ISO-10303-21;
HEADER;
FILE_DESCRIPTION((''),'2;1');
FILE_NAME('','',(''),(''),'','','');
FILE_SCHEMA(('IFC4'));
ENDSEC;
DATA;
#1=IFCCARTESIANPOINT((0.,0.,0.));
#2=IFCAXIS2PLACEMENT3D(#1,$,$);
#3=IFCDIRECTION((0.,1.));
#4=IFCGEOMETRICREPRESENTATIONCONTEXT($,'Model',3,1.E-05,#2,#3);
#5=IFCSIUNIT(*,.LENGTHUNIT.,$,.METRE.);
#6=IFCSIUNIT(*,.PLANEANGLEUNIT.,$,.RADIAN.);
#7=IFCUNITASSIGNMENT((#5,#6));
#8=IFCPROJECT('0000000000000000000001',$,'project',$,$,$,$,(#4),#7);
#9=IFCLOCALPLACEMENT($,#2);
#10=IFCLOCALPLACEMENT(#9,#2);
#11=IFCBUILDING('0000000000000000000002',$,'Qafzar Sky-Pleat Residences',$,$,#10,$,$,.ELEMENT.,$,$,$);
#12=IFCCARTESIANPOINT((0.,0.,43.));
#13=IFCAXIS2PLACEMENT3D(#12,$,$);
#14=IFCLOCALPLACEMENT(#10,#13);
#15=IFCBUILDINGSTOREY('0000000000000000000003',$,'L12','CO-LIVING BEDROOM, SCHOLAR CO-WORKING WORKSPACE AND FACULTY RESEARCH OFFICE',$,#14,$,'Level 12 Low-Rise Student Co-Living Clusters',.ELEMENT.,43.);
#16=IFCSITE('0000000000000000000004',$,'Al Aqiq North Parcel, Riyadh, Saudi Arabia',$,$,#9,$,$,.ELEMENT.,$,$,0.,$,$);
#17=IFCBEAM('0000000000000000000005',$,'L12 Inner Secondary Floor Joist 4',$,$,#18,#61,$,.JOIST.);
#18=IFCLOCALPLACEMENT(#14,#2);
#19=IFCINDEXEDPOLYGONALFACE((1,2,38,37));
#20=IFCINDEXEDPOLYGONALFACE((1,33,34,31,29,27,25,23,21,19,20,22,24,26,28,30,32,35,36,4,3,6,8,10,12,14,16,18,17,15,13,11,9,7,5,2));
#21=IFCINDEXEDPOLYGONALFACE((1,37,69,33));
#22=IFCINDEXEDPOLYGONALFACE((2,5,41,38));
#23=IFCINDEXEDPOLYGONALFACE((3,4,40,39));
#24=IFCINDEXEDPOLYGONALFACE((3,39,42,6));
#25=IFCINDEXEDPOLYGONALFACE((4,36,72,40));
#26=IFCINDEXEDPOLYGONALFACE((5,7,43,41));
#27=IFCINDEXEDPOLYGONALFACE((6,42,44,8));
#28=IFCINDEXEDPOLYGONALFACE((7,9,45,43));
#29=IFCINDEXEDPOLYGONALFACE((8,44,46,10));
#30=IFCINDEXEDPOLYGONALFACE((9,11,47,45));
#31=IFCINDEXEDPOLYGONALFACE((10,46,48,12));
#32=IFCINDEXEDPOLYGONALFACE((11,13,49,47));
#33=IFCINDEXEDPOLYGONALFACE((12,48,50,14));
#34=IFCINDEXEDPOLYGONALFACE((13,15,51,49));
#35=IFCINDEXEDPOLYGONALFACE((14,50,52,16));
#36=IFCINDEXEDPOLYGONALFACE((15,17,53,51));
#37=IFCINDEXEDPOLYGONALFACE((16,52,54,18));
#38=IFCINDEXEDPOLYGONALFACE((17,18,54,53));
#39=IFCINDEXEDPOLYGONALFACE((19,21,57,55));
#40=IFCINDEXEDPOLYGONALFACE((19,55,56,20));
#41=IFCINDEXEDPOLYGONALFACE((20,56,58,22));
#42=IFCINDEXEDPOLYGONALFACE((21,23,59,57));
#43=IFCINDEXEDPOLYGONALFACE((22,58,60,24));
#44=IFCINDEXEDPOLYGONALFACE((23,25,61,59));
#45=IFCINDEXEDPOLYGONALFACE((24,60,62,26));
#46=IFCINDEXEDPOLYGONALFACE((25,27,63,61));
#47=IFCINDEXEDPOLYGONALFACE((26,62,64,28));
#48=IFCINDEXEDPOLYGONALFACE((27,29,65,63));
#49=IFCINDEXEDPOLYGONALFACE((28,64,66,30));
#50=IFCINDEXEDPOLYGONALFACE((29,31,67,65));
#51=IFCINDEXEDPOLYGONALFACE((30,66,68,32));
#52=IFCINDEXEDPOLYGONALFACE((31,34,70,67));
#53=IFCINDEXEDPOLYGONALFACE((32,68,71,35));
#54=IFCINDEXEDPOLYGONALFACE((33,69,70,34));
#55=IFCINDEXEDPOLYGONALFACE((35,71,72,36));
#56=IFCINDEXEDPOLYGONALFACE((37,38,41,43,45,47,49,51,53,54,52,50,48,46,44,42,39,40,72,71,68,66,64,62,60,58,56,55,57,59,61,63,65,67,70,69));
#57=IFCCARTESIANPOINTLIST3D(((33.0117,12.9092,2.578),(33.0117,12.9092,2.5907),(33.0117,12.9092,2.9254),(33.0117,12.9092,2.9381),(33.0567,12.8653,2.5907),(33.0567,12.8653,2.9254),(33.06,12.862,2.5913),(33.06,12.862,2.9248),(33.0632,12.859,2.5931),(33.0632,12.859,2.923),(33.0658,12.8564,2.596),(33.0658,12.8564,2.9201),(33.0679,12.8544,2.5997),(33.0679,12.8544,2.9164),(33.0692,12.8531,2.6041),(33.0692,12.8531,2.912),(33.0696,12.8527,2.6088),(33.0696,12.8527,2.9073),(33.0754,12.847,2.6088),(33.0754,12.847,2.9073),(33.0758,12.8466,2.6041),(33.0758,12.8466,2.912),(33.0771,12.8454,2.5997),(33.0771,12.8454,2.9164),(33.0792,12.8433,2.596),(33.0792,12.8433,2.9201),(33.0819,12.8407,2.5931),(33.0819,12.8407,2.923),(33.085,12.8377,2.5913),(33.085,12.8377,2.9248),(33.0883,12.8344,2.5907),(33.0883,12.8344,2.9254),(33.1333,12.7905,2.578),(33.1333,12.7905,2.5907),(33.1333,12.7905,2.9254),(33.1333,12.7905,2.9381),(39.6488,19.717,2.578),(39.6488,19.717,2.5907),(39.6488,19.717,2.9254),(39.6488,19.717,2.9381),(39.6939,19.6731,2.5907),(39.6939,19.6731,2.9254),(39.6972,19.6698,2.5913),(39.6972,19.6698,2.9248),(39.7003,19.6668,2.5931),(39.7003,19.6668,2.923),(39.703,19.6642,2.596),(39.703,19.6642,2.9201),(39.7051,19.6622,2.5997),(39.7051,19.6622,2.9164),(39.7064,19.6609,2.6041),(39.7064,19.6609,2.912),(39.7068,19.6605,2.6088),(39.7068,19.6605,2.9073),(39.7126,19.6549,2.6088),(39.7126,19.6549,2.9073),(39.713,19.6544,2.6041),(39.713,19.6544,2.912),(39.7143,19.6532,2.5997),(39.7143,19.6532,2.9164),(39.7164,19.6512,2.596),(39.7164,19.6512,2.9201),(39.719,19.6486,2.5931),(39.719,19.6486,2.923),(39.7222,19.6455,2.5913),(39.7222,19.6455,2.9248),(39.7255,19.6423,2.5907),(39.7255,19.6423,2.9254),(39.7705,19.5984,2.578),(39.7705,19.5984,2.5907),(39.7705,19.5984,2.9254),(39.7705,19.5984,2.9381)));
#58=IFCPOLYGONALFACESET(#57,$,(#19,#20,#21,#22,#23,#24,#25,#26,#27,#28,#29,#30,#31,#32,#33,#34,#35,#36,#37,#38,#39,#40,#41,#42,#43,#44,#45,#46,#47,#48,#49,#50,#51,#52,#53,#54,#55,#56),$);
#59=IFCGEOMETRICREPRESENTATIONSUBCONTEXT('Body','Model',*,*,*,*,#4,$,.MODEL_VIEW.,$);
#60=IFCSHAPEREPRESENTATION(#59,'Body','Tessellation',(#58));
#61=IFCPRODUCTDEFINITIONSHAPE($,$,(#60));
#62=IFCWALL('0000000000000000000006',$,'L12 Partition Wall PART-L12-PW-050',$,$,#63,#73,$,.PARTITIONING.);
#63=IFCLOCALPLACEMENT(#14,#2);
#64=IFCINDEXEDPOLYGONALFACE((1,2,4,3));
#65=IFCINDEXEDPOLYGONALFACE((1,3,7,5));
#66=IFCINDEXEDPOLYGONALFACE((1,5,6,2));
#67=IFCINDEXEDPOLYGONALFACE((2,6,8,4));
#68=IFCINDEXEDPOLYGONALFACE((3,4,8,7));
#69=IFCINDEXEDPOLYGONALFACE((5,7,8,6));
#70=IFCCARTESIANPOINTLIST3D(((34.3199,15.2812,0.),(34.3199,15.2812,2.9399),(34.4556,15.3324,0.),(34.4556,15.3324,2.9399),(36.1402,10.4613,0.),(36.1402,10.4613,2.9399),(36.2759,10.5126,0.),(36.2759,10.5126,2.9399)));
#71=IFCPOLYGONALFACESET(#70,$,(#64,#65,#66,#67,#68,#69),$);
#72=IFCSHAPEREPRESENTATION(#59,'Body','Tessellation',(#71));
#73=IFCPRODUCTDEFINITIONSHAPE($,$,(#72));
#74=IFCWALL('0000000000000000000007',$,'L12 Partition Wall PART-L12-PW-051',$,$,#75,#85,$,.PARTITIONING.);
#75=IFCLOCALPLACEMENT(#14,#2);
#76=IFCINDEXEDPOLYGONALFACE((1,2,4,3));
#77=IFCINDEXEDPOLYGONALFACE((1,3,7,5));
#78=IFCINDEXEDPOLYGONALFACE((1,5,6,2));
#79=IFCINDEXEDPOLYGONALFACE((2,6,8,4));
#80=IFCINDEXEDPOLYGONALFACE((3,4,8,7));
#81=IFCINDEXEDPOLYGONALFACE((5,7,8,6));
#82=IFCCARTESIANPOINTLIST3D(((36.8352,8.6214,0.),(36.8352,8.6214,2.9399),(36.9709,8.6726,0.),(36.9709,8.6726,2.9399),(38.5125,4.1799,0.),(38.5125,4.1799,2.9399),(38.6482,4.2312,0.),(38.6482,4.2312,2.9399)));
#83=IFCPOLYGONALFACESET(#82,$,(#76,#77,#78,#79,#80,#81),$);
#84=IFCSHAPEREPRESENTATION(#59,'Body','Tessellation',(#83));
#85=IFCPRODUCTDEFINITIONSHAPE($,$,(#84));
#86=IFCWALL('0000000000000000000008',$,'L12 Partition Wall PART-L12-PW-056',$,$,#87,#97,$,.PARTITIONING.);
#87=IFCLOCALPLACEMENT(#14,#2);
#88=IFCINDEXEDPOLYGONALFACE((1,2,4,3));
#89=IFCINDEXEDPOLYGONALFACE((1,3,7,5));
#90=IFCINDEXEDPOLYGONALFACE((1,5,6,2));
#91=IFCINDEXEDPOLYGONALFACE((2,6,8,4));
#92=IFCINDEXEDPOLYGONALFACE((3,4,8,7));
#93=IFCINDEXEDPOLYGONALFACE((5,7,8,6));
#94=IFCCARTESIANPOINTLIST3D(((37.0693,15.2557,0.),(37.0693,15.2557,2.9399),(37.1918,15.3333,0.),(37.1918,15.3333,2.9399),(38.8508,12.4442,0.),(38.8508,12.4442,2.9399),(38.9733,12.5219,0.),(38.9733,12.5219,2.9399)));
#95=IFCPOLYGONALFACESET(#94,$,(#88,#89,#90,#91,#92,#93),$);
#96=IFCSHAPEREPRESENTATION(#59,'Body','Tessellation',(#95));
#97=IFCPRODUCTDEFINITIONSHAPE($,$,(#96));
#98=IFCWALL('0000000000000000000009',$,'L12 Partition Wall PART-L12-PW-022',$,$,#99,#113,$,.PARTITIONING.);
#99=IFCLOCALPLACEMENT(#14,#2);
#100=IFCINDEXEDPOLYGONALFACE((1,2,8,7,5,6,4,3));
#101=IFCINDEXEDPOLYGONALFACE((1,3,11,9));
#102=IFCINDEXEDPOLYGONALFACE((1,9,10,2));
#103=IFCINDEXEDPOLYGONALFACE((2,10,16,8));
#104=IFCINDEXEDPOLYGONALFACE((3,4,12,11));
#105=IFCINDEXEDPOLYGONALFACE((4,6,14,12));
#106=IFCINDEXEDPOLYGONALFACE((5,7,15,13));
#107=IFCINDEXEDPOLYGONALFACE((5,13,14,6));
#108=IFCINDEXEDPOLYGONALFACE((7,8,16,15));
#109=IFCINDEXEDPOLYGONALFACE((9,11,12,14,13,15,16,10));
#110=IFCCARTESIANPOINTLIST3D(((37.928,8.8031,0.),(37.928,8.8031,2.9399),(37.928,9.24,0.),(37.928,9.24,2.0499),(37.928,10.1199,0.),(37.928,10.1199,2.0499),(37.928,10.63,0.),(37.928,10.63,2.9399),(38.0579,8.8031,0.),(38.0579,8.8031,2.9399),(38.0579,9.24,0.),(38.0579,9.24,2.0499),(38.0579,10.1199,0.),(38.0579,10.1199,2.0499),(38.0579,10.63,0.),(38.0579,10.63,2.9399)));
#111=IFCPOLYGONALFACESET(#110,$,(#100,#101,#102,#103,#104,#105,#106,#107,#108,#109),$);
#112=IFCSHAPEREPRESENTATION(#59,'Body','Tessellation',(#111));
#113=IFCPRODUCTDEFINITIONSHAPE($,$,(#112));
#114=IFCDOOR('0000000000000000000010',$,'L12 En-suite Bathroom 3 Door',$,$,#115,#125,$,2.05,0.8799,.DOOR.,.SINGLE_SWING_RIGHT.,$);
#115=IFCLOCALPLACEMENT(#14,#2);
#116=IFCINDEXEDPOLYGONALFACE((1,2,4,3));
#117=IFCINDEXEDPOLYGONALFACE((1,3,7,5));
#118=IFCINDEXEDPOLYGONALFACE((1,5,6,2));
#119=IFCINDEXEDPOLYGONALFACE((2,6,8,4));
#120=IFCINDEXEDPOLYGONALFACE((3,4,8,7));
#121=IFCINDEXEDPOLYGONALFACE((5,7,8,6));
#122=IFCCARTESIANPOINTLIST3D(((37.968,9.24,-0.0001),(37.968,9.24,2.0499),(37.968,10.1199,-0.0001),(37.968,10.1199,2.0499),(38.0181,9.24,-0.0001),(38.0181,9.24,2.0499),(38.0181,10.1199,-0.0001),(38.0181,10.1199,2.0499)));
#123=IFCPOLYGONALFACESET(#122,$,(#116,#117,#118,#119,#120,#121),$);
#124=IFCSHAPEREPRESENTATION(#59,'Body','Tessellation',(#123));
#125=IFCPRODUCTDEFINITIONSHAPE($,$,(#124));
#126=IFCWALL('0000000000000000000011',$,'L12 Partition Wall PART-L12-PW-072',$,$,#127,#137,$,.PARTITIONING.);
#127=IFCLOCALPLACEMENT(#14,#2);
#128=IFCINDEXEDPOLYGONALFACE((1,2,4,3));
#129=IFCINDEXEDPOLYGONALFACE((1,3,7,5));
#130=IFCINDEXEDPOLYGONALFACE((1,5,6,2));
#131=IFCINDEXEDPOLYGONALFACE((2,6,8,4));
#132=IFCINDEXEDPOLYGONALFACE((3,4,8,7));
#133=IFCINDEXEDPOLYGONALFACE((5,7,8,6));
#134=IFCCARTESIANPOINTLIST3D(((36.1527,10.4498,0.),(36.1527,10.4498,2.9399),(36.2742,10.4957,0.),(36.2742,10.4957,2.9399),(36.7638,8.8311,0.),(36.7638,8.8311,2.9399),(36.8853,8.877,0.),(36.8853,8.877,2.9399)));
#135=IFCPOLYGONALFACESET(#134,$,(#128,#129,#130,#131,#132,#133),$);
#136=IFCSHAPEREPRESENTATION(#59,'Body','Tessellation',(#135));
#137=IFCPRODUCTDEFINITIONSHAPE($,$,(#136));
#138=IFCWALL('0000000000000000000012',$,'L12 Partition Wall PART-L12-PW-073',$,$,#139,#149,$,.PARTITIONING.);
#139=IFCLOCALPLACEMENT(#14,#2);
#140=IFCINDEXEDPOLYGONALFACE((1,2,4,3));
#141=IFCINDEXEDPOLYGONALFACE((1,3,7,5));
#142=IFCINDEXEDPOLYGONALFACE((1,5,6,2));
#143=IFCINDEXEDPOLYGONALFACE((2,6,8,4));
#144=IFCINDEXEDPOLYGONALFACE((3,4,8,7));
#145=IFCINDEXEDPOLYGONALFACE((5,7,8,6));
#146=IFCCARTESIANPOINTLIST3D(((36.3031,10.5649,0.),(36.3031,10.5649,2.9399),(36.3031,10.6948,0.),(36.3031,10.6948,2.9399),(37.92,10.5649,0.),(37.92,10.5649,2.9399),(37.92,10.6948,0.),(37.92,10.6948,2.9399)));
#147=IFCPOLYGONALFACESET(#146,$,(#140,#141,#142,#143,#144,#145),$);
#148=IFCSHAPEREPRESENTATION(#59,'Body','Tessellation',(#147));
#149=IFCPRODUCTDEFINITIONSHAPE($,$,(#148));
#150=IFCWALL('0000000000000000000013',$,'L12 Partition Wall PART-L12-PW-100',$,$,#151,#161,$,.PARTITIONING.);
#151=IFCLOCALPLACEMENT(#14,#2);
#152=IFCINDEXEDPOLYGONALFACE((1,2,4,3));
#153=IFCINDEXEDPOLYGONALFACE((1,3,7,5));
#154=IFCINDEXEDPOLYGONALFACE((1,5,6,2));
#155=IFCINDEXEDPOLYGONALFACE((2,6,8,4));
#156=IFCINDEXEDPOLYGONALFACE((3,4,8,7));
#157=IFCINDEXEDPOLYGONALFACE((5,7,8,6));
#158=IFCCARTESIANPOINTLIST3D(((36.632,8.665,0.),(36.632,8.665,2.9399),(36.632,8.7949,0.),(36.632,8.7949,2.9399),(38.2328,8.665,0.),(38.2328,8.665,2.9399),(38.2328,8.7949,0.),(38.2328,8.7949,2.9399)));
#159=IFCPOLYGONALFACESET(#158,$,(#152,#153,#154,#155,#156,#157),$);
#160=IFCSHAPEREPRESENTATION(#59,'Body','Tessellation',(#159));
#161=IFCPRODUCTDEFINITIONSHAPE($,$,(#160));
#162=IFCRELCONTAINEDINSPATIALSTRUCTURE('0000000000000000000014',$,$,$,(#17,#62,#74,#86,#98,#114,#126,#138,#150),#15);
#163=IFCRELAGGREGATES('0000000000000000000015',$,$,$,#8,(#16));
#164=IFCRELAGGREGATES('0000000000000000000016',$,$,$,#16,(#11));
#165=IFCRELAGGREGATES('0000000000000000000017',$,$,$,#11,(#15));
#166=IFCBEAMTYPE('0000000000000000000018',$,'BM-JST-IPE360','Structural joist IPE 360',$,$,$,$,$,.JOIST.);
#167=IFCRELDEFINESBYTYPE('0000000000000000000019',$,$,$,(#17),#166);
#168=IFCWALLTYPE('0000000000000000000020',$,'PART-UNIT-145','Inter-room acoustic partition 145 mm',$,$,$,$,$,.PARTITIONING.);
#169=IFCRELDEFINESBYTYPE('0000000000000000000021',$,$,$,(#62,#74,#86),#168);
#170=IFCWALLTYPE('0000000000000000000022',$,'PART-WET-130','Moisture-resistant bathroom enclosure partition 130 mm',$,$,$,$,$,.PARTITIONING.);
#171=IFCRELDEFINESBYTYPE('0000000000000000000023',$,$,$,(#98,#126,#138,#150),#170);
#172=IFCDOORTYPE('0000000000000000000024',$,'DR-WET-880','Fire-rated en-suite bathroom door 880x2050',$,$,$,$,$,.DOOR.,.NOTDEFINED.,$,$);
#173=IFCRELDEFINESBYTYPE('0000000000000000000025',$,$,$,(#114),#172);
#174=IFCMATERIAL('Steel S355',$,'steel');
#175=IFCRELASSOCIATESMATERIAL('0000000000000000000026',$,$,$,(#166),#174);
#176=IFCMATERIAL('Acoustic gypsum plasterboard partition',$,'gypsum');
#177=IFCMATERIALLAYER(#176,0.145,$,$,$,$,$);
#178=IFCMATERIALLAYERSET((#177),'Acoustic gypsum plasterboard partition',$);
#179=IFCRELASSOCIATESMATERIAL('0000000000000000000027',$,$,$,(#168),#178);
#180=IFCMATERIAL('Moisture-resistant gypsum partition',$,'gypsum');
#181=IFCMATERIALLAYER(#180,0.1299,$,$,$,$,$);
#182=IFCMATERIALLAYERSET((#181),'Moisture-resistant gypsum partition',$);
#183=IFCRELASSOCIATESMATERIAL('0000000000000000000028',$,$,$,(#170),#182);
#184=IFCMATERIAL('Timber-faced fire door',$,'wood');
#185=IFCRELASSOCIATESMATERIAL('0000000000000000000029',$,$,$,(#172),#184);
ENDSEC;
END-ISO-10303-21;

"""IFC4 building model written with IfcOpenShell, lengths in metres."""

from ifc_helpers import new_model, si_unit, direction, frame, frame_2d, origin, origin_2d, place, context, subcontext, project, spatial, rectangle, i_section, extrude, source, transform, mapped, material, layer, layer_set, material_profile, profile_set, type_object, element, fill, save


model = new_model("IFC4")

# Units and contexts
model_context = context("Model", 3, precision=1e-05, world=origin(), true_north=direction((0.0, 1.0)))
body_context = subcontext(model_context, "Body", "Model", "MODEL_VIEW")
ifc_project = project(units=[si_unit("LENGTHUNIT", "METRE"), si_unit("PLANEANGLEUNIT", "RADIAN")], contexts=[model_context])

# Site, building, storey
site_placement = place(None, origin())
site = spatial("IfcSite", under=ifc_project, at=site_placement, Name="Al Aqiq North Parcel, Riyadh, Saudi Arabia", CompositionType="ELEMENT", RefElevation=0.0)
building_placement = place(site_placement, origin())
building = spatial("IfcBuilding", under=site, at=building_placement, Name="Qafzar Sky-Pleat Residences", CompositionType="ELEMENT")
storey_placement = place(building_placement, frame((0.0, 0.0, 43.0)))
storey = spatial("IfcBuildingStorey", under=building, at=storey_placement, Name="L12", Description="CO-LIVING BEDROOM, SCHOLAR CO-WORKING WORKSPACE AND FACULTY RESEARCH OFFICE", LongName="Level 12 Low-Rise Student Co-Living Clusters", CompositionType="ELEMENT", Elevation=43.0)

# Beam
ifc_material_1 = material(Name="Steel S355", Category="steel")
ifc_material_profile_1 = material_profile(ifc_material_1, i_section(OverallWidth=0.1699, OverallDepth=0.3601, WebThickness=0.0081, FlangeThickness=0.0127, FilletRadius=0.0181, at=origin_2d()), Name="IPE 360")
ifc_profile_set_1 = profile_set([ifc_material_profile_1], Name="Steel S355")
beam_type_1 = type_object("IfcBeamType", Name="BM-JST-IPE360", Description="Structural joist IPE 360", PredefinedType="JOIST", material=ifc_profile_set_1)
shared_shape_1 = source(origin(), body_context, "Body", "SweptSolid", [
    extrude(i_section(OverallWidth=0.1699, OverallDepth=0.3601, WebThickness=0.0081, FlangeThickness=0.0127, FilletRadius=0.0181, at=origin_2d()), origin(), (0.0, 0.0, 1.0), 9.5078),
])
beam_1_placement = place(storey_placement, frame((33.0725, 12.8499, 2.7581), z_axis=(0.698075, 0.716024, 0.0), x_axis=(-0.716024, 0.698075, 0.0)))
element("IfcBeam", 1, at=beam_1_placement, inside=storey, type_object=beam_type_1, Name="L12 Inner Secondary Floor Joist 4", PredefinedType="JOIST", context=body_context, shape_type="MappedRepresentation", body=[
    mapped(shared_shape_1, transform((0.0, 0.0, 0.0), x_axis=(1.0, 0.0, 0.0), y_axis=(0.0, 1.0, 0.0), z_axis=(0.0, 0.0, 1.0), scale=1.0)),
])

# Walls
ifc_material_2 = material(Name="Acoustic gypsum plasterboard partition", Category="gypsum")
ifc_layer_1 = layer(ifc_material_2, 0.145)
ifc_layer_set_1 = layer_set([ifc_layer_1], Name="Acoustic gypsum plasterboard partition")
wall_type_1 = type_object("IfcWallType", Name="PART-UNIT-145", Description="Inter-room acoustic partition 145 mm", PredefinedType="PARTITIONING", material=ifc_layer_set_1)
wall_1_placement = place(storey_placement, frame((34.3877, 15.3069, 0.0), z_axis=(0.0, 0.0, 1.0), x_axis=(0.353314, -0.935505, 0.0)))
element("IfcWall", 2, at=wall_1_placement, inside=storey, type_object=wall_type_1, Name="L12 Partition Wall PART-L12-PW-050", PredefinedType="PARTITIONING", context=body_context, shape_type="SweptSolid", body=[
    extrude(rectangle(XDim=5.1521, YDim=0.145, at=frame_2d((2.5762, 0.0))), origin(), (0.0, 0.0, 1.0), 2.9399),
])
wall_2_placement = place(storey_placement, frame((36.9031, 8.647, 0.0), z_axis=(0.0, 0.0, 1.0), x_axis=(0.353287, -0.935515, 0.0)))
element("IfcWall", 3, at=wall_2_placement, inside=storey, type_object=wall_type_1, Name="L12 Partition Wall PART-L12-PW-051", PredefinedType="PARTITIONING", context=body_context, shape_type="SweptSolid", body=[
    extrude(rectangle(XDim=4.7476, YDim=0.145, at=frame_2d((2.3738, 0.0))), origin(), (0.0, 0.0, 1.0), 2.9399),
])
wall_3_placement = place(storey_placement, frame((37.1306, 15.2944, 0.0), z_axis=(0.0, 0.0, 1.0), x_axis=(0.535237, -0.844702, 0.0)))
element("IfcWall", 4, at=wall_3_placement, inside=storey, type_object=wall_type_1, Name="L12 Partition Wall PART-L12-PW-056", PredefinedType="PARTITIONING", context=body_context, shape_type="SweptSolid", body=[
    extrude(rectangle(XDim=3.3284, YDim=0.145, at=frame_2d((1.6641, 0.0))), origin(), (0.0, 0.0, 1.0), 2.9399),
])

# Wall, opening, door
ifc_material_3 = material(Name="Moisture-resistant gypsum partition", Category="gypsum")
ifc_layer_2 = layer(ifc_material_3, 0.1299)
ifc_layer_set_2 = layer_set([ifc_layer_2], Name="Moisture-resistant gypsum partition")
wall_type_2 = type_object("IfcWallType", Name="PART-WET-130", Description="Moisture-resistant bathroom enclosure partition 130 mm", PredefinedType="PARTITIONING", material=ifc_layer_set_2)
wall_4_placement = place(storey_placement, frame((37.9929, 8.803, 0.0), z_axis=(0.0, 0.0, 1.0), x_axis=(0.0, 1.0, 0.0)))
wall_4 = element("IfcWall", 5, at=wall_4_placement, inside=storey, type_object=wall_type_2, Name="L12 Partition Wall PART-L12-PW-022", PredefinedType="PARTITIONING", context=body_context, shape_type="SweptSolid", body=[
    extrude(rectangle(XDim=1.8269, YDim=0.1299, at=frame_2d((0.9136, 0.0))), origin(), (0.0, 0.0, 1.0), 2.9399),
])
opening_1_placement = place(wall_4_placement, frame((0.437, 0.0, 0.0)))
opening_1 = element("IfcOpeningElement", 6, at=opening_1_placement, cuts=wall_4, PredefinedType="OPENING", context=body_context, shape_type="SweptSolid", body=[
    extrude(rectangle(XDim=0.8799, YDim=2.05, at=frame_2d((0.4399, 1.0249))), frame((0.0, 0.075, 0.0), z_axis=(0.0, -1.0, 0.0), x_axis=(1.0, 0.0, 0.0)), (0.0, 0.0, 1.0), 0.1499),
])
ifc_material_4 = material(Name="Timber-faced fire door", Category="wood")
door_type = type_object("IfcDoorType", Name="DR-WET-880", Description="Fire-rated en-suite bathroom door 880x2050", OperationType="NOTDEFINED", PredefinedType="DOOR", material=ifc_material_4)
shared_shape_2 = source(origin(), body_context, "Body", "SweptSolid", [
    extrude(rectangle(XDim=0.8799, YDim=2.05, at=frame_2d((0.4399, 1.0249))), frame((0.0, 0.0249, 0.0), z_axis=(0.0, -1.0, 0.0), x_axis=(1.0, 0.0, 0.0)), (0.0, 0.0, 1.0), 0.05),
])
door_placement = place(opening_1_placement, origin())
door = element("IfcDoor", 7, at=door_placement, inside=storey, type_object=door_type, Name="L12 En-suite Bathroom 3 Door", OperationType="SINGLE_SWING_RIGHT", OverallHeight=2.05, OverallWidth=0.8799, PredefinedType="DOOR", context=body_context, shape_type="MappedRepresentation", body=[
    mapped(shared_shape_2, transform((0.0, 0.0, 0.0), x_axis=(1.0, 0.0, 0.0), y_axis=(0.0, 1.0, 0.0), z_axis=(0.0, 0.0, 1.0), scale=1.0)),
])
fill(opening_1, door)

# Walls
wall_5_placement = place(storey_placement, frame((36.2134, 10.4729, 0.0), z_axis=(0.0, 0.0, 1.0), x_axis=(0.353195, -0.93555, 0.0)))
element("IfcWall", 8, at=wall_5_placement, inside=storey, type_object=wall_type_2, Name="L12 Partition Wall PART-L12-PW-072", PredefinedType="PARTITIONING", context=body_context, shape_type="SweptSolid", body=[
    extrude(rectangle(XDim=1.7302, YDim=0.1299, at=frame_2d((0.8652, 0.0))), origin(), (0.0, 0.0, 1.0), 2.9399),
])
wall_6_placement = place(storey_placement, frame((36.303, 10.6299, 0.0), z_axis=(0.0, 0.0, 1.0), x_axis=(1.0, 0.0, 0.0)))
element("IfcWall", 9, at=wall_6_placement, inside=storey, type_object=wall_type_2, Name="L12 Partition Wall PART-L12-PW-073", PredefinedType="PARTITIONING", context=body_context, shape_type="SweptSolid", body=[
    extrude(rectangle(XDim=1.6169, YDim=0.1299, at=frame_2d((0.8086, 0.0))), origin(), (0.0, 0.0, 1.0), 2.9399),
])
wall_7_placement = place(storey_placement, frame((36.6321, 8.73, 0.0), z_axis=(0.0, 0.0, 1.0), x_axis=(1.0, 0.0, 0.0)))
element("IfcWall", 10, at=wall_7_placement, inside=storey, type_object=wall_type_2, Name="L12 Partition Wall PART-L12-PW-100", PredefinedType="PARTITIONING", context=body_context, shape_type="SweptSolid", body=[
    extrude(rectangle(XDim=1.6008, YDim=0.1299, at=frame_2d((0.8003, 0.0))), origin(), (0.0, 0.0, 1.0), 2.9399),
])

save(model, "model.ifc")
